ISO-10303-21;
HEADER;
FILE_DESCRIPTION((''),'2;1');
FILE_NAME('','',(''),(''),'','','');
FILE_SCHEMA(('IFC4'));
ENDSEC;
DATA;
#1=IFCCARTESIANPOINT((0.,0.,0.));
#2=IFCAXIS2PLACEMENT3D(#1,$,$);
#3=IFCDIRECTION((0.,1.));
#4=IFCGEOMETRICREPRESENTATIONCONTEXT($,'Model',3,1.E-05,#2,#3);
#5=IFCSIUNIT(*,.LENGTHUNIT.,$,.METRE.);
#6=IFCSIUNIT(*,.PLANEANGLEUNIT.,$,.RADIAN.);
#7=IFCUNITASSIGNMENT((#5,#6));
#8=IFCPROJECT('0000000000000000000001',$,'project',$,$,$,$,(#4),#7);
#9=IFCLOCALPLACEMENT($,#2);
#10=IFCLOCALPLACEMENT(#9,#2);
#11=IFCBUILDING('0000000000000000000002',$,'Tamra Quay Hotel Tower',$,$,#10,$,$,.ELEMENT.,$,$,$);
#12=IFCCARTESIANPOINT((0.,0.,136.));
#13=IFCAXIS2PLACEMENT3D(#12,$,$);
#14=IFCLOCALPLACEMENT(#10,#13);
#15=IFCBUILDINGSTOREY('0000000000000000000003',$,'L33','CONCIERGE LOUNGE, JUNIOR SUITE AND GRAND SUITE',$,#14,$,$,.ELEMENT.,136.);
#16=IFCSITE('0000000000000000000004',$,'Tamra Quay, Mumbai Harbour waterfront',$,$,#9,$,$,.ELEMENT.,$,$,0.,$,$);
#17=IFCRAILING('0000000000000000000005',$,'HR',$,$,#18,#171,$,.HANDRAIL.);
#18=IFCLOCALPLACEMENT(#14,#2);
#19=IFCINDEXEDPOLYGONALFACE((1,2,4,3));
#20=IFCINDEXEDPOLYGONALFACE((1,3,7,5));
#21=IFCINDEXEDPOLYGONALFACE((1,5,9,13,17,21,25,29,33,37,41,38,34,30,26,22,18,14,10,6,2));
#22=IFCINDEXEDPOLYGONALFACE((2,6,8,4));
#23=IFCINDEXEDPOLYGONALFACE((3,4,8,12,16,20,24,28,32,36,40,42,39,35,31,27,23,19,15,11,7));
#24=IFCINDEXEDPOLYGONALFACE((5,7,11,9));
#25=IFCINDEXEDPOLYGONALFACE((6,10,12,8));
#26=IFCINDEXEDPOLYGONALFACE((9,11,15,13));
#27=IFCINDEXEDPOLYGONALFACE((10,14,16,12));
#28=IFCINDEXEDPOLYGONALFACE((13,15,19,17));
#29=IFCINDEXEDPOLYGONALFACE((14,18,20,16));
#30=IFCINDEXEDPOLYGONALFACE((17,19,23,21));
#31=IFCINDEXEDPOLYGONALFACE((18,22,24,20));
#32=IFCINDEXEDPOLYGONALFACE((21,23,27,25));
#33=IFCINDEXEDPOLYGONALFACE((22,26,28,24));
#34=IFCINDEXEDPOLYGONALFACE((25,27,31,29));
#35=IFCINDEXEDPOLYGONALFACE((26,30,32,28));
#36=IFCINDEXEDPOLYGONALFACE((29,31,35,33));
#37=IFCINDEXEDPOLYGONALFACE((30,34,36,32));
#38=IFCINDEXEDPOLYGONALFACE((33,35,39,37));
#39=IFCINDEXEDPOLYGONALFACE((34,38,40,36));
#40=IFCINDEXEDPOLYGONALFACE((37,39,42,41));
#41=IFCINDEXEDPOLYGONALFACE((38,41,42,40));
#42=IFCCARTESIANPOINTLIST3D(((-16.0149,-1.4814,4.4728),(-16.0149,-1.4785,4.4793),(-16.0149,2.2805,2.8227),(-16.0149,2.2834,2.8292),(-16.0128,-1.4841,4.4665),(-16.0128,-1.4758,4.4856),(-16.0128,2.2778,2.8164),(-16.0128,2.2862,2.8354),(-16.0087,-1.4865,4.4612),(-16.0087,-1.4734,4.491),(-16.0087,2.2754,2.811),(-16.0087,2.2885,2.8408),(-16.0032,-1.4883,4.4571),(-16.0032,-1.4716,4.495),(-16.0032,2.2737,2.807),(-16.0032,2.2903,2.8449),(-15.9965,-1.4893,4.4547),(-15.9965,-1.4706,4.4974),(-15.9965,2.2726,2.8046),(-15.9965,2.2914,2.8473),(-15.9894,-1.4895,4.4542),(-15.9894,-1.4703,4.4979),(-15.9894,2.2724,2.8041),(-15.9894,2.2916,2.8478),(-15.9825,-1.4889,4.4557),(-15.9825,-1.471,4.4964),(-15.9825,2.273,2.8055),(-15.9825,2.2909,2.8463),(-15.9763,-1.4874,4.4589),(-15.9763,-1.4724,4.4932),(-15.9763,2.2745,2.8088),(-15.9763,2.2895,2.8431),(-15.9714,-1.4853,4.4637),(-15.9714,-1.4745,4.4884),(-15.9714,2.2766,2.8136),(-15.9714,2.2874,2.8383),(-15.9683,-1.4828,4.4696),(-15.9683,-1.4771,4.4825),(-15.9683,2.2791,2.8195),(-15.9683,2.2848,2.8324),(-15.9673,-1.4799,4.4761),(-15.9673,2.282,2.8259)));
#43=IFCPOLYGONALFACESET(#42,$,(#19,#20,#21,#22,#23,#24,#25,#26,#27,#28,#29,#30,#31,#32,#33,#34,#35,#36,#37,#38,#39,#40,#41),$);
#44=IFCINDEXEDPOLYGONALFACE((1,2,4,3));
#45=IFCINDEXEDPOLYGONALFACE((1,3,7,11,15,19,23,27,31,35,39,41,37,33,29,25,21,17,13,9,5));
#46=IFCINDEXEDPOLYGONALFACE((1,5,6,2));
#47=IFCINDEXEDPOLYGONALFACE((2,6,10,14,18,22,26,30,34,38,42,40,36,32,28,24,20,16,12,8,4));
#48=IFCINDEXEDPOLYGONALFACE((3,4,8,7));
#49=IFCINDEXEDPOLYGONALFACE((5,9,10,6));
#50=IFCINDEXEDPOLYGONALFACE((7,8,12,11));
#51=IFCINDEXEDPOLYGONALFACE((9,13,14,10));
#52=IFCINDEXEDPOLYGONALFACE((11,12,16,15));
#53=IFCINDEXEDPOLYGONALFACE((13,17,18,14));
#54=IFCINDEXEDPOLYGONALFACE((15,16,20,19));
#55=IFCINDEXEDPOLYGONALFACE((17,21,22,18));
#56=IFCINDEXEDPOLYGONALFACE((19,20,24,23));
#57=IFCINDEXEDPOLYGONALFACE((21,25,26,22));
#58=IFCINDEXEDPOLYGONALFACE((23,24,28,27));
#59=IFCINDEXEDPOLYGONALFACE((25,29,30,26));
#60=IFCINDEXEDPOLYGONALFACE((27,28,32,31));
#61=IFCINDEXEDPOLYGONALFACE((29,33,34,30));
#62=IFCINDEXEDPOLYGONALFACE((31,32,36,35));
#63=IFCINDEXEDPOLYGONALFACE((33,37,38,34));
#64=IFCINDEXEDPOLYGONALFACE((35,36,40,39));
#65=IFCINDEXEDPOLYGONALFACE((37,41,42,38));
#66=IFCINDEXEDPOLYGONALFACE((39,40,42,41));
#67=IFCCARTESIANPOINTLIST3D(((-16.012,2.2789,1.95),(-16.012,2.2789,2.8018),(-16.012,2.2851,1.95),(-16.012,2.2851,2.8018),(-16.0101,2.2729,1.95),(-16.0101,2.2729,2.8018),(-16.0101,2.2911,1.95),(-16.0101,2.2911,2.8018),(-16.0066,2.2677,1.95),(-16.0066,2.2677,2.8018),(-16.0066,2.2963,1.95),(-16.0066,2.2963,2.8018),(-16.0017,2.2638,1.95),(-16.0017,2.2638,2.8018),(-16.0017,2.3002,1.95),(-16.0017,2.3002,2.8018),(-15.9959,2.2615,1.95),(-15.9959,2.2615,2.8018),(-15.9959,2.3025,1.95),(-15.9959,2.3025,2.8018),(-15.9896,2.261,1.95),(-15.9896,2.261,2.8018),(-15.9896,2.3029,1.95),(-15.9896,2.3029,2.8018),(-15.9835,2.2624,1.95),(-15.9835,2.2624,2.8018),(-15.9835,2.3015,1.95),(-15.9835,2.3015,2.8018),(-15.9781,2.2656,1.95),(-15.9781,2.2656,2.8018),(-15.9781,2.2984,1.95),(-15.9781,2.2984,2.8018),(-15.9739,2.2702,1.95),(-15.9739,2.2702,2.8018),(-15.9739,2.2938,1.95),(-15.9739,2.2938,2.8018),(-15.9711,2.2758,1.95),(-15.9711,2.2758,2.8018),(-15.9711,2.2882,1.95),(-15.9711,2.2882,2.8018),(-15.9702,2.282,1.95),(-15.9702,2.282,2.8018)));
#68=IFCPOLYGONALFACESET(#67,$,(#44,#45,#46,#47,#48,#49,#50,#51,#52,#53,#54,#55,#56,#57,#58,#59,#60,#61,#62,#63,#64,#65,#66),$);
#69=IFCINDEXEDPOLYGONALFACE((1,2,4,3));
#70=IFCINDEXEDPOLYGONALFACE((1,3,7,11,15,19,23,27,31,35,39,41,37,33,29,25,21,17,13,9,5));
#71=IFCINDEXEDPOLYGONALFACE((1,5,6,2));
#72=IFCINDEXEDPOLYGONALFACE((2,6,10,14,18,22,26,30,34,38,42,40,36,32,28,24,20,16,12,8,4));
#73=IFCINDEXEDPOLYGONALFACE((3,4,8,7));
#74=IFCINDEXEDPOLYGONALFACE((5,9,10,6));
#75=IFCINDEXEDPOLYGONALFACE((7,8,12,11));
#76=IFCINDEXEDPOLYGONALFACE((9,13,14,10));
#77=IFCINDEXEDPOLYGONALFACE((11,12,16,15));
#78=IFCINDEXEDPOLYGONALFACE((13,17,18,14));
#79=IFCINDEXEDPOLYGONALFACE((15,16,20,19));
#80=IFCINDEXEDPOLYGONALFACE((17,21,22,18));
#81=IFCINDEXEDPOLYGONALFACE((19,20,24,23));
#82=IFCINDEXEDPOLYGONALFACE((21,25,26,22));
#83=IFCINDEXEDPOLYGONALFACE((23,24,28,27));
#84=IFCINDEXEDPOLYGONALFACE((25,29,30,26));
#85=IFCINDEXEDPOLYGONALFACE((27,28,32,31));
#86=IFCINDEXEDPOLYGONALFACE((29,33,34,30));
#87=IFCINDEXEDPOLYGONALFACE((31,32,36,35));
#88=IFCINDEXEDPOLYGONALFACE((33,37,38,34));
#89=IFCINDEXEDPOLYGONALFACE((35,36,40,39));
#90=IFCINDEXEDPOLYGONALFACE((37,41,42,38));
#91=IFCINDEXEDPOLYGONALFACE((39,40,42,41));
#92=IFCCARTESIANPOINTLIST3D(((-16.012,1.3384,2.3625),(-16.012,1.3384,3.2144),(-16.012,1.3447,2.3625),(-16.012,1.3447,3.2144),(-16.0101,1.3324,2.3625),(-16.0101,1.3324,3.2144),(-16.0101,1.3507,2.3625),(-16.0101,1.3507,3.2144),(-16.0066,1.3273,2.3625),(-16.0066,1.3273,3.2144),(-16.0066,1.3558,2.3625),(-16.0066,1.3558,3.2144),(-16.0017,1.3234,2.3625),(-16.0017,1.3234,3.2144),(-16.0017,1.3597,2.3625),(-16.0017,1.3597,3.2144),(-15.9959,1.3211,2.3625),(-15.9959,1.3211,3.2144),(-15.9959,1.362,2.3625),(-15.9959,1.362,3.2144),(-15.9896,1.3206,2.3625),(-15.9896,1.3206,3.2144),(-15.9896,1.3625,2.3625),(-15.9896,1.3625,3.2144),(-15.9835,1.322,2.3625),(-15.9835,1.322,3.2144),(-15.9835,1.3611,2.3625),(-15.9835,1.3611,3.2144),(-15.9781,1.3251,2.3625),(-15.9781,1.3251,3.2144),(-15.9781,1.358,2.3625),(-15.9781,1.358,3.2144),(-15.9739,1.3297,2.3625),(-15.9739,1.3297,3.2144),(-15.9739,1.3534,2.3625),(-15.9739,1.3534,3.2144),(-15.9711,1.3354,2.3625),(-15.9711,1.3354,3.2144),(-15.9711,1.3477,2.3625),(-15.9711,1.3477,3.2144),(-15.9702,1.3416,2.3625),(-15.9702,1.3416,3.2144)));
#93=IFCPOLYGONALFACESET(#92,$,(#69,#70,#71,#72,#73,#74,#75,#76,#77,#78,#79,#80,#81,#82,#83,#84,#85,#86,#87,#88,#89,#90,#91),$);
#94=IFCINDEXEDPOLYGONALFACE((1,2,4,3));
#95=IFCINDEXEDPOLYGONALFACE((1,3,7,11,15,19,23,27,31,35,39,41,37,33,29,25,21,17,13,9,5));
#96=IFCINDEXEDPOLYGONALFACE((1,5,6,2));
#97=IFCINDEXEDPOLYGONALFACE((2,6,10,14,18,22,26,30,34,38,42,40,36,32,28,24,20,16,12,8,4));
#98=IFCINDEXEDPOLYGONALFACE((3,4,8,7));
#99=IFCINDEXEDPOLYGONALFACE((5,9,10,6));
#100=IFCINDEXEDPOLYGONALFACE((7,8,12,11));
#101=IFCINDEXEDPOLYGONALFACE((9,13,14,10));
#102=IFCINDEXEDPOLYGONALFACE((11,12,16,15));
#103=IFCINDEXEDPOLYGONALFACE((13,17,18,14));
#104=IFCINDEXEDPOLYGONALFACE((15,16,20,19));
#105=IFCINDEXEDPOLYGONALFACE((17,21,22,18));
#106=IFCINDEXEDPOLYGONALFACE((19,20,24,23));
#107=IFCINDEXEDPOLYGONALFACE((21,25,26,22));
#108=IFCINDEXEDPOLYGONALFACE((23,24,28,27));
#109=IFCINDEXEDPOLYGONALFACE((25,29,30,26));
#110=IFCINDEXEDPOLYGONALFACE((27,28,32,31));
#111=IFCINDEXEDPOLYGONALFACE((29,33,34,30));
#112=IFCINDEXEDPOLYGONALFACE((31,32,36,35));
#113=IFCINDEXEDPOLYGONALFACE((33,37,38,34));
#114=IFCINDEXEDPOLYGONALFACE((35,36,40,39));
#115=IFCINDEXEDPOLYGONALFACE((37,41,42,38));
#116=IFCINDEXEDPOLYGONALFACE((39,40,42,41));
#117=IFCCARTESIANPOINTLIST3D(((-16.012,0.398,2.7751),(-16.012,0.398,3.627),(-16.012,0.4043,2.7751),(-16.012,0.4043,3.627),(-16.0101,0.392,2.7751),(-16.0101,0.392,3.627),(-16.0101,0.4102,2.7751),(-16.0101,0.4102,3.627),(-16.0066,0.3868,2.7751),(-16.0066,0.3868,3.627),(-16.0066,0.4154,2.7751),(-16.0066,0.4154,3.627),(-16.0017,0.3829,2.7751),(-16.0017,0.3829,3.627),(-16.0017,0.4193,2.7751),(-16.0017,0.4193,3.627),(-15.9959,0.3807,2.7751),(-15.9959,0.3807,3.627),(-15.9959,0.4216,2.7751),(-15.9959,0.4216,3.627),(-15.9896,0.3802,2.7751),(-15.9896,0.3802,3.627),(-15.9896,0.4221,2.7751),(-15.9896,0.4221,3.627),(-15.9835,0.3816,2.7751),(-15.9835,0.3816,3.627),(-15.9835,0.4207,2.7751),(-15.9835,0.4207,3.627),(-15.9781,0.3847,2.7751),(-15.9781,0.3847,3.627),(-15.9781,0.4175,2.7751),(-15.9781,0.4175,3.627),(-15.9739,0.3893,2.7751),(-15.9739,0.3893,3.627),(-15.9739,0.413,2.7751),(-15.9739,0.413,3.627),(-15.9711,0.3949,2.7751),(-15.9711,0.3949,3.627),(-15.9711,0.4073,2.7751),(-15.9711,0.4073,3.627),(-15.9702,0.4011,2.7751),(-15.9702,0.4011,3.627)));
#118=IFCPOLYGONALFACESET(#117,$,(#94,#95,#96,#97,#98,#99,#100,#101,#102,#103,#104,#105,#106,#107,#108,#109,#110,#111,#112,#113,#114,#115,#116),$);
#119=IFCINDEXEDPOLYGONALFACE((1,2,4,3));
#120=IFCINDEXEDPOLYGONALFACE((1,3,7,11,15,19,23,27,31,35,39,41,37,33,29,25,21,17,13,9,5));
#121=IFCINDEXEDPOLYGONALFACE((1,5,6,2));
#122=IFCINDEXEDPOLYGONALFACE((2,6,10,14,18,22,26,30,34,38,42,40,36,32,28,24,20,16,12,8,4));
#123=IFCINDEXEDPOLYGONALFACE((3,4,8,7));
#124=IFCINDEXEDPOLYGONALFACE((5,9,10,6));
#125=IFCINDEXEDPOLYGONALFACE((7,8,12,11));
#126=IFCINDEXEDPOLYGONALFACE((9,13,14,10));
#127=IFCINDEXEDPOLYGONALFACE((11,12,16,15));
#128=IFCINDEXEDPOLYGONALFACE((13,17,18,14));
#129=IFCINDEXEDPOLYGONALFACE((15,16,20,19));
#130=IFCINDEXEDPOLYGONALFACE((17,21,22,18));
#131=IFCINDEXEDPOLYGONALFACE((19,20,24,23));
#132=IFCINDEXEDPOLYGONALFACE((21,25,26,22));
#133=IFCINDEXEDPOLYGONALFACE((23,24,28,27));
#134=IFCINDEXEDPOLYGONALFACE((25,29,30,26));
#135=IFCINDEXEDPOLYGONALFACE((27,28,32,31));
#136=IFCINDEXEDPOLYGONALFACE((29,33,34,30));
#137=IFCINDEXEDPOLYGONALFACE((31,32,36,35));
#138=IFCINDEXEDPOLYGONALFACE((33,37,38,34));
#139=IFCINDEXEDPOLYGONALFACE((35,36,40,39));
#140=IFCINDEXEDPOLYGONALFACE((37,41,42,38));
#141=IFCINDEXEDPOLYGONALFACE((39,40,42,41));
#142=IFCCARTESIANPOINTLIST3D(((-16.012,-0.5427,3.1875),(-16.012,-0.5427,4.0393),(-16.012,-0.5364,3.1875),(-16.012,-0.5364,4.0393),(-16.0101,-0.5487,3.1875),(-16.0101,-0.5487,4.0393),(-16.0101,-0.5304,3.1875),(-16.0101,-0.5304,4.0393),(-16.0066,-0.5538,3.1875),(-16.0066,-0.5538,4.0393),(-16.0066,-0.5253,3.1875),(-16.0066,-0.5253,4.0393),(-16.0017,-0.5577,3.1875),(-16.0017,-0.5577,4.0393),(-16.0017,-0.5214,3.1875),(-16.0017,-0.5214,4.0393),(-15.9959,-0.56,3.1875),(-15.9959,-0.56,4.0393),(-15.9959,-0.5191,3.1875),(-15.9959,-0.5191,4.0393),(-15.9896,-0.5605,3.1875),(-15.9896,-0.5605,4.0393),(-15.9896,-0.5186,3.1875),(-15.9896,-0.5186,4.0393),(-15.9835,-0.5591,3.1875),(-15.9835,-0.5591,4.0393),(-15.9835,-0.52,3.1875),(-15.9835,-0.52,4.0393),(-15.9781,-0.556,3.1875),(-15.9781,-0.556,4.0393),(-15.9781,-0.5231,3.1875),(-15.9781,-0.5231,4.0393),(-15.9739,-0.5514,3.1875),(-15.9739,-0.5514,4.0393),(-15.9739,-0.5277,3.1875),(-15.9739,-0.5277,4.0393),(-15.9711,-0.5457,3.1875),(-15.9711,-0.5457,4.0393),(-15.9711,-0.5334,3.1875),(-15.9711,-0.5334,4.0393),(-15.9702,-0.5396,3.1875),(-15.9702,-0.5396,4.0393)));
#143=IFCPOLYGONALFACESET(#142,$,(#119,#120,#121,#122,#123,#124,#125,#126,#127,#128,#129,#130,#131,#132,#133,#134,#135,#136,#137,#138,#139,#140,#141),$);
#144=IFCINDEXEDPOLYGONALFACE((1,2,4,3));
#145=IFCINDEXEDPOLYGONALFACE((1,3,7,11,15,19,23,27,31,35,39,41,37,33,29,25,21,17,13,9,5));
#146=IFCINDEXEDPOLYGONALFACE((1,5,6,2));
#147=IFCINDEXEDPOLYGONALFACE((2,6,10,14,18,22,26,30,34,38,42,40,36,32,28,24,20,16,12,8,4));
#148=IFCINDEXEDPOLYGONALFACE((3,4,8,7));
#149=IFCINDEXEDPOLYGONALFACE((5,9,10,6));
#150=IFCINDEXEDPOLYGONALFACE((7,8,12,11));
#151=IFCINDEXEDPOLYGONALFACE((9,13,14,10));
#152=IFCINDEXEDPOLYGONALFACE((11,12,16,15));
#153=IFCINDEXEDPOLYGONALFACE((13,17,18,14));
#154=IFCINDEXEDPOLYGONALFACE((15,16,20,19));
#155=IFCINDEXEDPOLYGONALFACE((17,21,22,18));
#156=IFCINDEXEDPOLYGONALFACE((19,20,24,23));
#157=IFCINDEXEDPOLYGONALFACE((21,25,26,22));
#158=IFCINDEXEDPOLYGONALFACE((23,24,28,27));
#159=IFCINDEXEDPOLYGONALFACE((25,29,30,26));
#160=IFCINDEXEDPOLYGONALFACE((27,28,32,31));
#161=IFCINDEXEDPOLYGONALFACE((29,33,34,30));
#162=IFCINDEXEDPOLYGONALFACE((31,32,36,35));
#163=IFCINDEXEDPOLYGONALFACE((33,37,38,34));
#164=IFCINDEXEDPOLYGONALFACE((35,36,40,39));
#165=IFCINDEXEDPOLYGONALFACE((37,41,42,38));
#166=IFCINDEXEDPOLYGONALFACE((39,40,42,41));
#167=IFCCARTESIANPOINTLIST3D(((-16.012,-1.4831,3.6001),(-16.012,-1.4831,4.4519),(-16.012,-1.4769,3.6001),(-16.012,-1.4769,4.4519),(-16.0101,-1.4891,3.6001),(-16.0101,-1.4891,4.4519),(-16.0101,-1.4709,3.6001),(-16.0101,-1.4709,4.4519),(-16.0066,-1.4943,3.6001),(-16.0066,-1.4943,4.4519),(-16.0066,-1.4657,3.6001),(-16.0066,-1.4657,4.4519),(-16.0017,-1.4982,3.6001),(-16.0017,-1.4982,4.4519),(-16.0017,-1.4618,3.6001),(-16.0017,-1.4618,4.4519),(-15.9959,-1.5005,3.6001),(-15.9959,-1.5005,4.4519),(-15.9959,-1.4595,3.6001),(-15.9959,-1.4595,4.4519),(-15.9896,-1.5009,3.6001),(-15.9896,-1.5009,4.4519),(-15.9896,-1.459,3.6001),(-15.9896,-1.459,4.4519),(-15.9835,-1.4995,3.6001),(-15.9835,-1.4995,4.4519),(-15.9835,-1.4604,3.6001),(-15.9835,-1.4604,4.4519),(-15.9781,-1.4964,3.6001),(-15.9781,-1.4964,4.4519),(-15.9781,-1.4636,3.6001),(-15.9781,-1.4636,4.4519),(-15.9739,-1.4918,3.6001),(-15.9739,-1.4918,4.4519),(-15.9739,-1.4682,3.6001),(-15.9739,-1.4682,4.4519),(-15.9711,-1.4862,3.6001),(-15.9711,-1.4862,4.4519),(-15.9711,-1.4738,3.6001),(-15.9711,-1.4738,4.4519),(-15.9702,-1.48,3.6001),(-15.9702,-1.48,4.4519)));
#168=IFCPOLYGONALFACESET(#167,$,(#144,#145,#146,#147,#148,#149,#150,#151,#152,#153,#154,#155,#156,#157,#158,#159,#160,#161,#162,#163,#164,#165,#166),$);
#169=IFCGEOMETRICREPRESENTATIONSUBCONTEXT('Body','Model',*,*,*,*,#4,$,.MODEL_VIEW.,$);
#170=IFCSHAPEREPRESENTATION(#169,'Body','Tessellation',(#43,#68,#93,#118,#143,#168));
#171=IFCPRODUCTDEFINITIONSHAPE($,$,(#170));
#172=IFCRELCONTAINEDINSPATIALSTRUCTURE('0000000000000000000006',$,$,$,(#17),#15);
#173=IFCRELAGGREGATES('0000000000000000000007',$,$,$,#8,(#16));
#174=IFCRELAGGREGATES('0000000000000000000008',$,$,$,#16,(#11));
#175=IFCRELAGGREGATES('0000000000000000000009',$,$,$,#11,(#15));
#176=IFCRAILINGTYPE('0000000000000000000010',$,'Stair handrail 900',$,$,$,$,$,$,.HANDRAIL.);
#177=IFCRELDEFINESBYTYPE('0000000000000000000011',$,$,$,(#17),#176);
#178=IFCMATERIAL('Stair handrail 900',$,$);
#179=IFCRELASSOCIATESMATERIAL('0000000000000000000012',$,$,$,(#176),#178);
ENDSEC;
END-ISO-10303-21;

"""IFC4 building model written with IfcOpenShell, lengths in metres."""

from ifc_helpers import new_model, si_unit, direction, frame, origin, origin_2d, place, context, subcontext, project, spatial, circle, extrude, material, type_object, element, save


model = new_model("IFC4")

# Units and contexts
model_context = context("Model", 3, precision=1e-05, world=origin(), true_north=direction((0.0, 1.0)))
body_context = subcontext(model_context, "Body", "Model", "MODEL_VIEW")
ifc_project = project(units=[si_unit("LENGTHUNIT", "METRE"), si_unit("PLANEANGLEUNIT", "RADIAN")], contexts=[model_context])

# Site, building, storey
site_placement = place(None, origin())
site = spatial("IfcSite", under=ifc_project, at=site_placement, Name="Tamra Quay, Mumbai Harbour waterfront", CompositionType="ELEMENT", RefElevation=0.0)
building_placement = place(site_placement, origin())
building = spatial("IfcBuilding", under=site, at=building_placement, Name="Tamra Quay Hotel Tower", CompositionType="ELEMENT")
storey_placement = place(building_placement, frame((0.0, 0.0, 136.0)))
storey = spatial("IfcBuildingStorey", under=building, at=storey_placement, Name="L33", Description="CONCIERGE LOUNGE, JUNIOR SUITE AND GRAND SUITE", CompositionType="ELEMENT", Elevation=136.0)

# Railing
ifc_material_1 = material(Name="Stair handrail 900")
railing_type = type_object("IfcRailingType", Name="Stair handrail 900", PredefinedType="HANDRAIL", material=ifc_material_1)
railing_placement = place(storey_placement, frame((-15.9912, 2.282, 1.95)))
element("IfcRailing", 1, at=railing_placement, inside=storey, type_object=railing_type, Name="HR", PredefinedType="HANDRAIL", context=body_context, shape_type="SweptSolid", body=[
    extrude(circle(Radius=0.0239, at=origin_2d()), frame((0.0, 0.0, 0.876), z_axis=(0.0, -0.915774, 0.401695), x_axis=(1.0, 0.0, 0.0)), (0.0, 0.0, 1.0), 4.1079),
    extrude(circle(Radius=0.021, at=origin_2d()), origin(), (0.0, 0.0, 1.0), 0.8518),
    extrude(circle(Radius=0.021, at=origin_2d()), frame((0.0, -0.9404, 0.4126)), (0.0, 0.0, 1.0), 0.8518),
    extrude(circle(Radius=0.021, at=origin_2d()), frame((0.0, -1.8809, 0.8252)), (0.0, 0.0, 1.0), 0.8518),
    extrude(circle(Radius=0.021, at=origin_2d()), frame((0.0, -2.8215, 1.2375)), (0.0, 0.0, 1.0), 0.8518),
    extrude(circle(Radius=0.021, at=origin_2d()), frame((0.0, -3.762, 1.6501)), (0.0, 0.0, 1.0), 0.8518),
])

save(model, "model.ifc")
